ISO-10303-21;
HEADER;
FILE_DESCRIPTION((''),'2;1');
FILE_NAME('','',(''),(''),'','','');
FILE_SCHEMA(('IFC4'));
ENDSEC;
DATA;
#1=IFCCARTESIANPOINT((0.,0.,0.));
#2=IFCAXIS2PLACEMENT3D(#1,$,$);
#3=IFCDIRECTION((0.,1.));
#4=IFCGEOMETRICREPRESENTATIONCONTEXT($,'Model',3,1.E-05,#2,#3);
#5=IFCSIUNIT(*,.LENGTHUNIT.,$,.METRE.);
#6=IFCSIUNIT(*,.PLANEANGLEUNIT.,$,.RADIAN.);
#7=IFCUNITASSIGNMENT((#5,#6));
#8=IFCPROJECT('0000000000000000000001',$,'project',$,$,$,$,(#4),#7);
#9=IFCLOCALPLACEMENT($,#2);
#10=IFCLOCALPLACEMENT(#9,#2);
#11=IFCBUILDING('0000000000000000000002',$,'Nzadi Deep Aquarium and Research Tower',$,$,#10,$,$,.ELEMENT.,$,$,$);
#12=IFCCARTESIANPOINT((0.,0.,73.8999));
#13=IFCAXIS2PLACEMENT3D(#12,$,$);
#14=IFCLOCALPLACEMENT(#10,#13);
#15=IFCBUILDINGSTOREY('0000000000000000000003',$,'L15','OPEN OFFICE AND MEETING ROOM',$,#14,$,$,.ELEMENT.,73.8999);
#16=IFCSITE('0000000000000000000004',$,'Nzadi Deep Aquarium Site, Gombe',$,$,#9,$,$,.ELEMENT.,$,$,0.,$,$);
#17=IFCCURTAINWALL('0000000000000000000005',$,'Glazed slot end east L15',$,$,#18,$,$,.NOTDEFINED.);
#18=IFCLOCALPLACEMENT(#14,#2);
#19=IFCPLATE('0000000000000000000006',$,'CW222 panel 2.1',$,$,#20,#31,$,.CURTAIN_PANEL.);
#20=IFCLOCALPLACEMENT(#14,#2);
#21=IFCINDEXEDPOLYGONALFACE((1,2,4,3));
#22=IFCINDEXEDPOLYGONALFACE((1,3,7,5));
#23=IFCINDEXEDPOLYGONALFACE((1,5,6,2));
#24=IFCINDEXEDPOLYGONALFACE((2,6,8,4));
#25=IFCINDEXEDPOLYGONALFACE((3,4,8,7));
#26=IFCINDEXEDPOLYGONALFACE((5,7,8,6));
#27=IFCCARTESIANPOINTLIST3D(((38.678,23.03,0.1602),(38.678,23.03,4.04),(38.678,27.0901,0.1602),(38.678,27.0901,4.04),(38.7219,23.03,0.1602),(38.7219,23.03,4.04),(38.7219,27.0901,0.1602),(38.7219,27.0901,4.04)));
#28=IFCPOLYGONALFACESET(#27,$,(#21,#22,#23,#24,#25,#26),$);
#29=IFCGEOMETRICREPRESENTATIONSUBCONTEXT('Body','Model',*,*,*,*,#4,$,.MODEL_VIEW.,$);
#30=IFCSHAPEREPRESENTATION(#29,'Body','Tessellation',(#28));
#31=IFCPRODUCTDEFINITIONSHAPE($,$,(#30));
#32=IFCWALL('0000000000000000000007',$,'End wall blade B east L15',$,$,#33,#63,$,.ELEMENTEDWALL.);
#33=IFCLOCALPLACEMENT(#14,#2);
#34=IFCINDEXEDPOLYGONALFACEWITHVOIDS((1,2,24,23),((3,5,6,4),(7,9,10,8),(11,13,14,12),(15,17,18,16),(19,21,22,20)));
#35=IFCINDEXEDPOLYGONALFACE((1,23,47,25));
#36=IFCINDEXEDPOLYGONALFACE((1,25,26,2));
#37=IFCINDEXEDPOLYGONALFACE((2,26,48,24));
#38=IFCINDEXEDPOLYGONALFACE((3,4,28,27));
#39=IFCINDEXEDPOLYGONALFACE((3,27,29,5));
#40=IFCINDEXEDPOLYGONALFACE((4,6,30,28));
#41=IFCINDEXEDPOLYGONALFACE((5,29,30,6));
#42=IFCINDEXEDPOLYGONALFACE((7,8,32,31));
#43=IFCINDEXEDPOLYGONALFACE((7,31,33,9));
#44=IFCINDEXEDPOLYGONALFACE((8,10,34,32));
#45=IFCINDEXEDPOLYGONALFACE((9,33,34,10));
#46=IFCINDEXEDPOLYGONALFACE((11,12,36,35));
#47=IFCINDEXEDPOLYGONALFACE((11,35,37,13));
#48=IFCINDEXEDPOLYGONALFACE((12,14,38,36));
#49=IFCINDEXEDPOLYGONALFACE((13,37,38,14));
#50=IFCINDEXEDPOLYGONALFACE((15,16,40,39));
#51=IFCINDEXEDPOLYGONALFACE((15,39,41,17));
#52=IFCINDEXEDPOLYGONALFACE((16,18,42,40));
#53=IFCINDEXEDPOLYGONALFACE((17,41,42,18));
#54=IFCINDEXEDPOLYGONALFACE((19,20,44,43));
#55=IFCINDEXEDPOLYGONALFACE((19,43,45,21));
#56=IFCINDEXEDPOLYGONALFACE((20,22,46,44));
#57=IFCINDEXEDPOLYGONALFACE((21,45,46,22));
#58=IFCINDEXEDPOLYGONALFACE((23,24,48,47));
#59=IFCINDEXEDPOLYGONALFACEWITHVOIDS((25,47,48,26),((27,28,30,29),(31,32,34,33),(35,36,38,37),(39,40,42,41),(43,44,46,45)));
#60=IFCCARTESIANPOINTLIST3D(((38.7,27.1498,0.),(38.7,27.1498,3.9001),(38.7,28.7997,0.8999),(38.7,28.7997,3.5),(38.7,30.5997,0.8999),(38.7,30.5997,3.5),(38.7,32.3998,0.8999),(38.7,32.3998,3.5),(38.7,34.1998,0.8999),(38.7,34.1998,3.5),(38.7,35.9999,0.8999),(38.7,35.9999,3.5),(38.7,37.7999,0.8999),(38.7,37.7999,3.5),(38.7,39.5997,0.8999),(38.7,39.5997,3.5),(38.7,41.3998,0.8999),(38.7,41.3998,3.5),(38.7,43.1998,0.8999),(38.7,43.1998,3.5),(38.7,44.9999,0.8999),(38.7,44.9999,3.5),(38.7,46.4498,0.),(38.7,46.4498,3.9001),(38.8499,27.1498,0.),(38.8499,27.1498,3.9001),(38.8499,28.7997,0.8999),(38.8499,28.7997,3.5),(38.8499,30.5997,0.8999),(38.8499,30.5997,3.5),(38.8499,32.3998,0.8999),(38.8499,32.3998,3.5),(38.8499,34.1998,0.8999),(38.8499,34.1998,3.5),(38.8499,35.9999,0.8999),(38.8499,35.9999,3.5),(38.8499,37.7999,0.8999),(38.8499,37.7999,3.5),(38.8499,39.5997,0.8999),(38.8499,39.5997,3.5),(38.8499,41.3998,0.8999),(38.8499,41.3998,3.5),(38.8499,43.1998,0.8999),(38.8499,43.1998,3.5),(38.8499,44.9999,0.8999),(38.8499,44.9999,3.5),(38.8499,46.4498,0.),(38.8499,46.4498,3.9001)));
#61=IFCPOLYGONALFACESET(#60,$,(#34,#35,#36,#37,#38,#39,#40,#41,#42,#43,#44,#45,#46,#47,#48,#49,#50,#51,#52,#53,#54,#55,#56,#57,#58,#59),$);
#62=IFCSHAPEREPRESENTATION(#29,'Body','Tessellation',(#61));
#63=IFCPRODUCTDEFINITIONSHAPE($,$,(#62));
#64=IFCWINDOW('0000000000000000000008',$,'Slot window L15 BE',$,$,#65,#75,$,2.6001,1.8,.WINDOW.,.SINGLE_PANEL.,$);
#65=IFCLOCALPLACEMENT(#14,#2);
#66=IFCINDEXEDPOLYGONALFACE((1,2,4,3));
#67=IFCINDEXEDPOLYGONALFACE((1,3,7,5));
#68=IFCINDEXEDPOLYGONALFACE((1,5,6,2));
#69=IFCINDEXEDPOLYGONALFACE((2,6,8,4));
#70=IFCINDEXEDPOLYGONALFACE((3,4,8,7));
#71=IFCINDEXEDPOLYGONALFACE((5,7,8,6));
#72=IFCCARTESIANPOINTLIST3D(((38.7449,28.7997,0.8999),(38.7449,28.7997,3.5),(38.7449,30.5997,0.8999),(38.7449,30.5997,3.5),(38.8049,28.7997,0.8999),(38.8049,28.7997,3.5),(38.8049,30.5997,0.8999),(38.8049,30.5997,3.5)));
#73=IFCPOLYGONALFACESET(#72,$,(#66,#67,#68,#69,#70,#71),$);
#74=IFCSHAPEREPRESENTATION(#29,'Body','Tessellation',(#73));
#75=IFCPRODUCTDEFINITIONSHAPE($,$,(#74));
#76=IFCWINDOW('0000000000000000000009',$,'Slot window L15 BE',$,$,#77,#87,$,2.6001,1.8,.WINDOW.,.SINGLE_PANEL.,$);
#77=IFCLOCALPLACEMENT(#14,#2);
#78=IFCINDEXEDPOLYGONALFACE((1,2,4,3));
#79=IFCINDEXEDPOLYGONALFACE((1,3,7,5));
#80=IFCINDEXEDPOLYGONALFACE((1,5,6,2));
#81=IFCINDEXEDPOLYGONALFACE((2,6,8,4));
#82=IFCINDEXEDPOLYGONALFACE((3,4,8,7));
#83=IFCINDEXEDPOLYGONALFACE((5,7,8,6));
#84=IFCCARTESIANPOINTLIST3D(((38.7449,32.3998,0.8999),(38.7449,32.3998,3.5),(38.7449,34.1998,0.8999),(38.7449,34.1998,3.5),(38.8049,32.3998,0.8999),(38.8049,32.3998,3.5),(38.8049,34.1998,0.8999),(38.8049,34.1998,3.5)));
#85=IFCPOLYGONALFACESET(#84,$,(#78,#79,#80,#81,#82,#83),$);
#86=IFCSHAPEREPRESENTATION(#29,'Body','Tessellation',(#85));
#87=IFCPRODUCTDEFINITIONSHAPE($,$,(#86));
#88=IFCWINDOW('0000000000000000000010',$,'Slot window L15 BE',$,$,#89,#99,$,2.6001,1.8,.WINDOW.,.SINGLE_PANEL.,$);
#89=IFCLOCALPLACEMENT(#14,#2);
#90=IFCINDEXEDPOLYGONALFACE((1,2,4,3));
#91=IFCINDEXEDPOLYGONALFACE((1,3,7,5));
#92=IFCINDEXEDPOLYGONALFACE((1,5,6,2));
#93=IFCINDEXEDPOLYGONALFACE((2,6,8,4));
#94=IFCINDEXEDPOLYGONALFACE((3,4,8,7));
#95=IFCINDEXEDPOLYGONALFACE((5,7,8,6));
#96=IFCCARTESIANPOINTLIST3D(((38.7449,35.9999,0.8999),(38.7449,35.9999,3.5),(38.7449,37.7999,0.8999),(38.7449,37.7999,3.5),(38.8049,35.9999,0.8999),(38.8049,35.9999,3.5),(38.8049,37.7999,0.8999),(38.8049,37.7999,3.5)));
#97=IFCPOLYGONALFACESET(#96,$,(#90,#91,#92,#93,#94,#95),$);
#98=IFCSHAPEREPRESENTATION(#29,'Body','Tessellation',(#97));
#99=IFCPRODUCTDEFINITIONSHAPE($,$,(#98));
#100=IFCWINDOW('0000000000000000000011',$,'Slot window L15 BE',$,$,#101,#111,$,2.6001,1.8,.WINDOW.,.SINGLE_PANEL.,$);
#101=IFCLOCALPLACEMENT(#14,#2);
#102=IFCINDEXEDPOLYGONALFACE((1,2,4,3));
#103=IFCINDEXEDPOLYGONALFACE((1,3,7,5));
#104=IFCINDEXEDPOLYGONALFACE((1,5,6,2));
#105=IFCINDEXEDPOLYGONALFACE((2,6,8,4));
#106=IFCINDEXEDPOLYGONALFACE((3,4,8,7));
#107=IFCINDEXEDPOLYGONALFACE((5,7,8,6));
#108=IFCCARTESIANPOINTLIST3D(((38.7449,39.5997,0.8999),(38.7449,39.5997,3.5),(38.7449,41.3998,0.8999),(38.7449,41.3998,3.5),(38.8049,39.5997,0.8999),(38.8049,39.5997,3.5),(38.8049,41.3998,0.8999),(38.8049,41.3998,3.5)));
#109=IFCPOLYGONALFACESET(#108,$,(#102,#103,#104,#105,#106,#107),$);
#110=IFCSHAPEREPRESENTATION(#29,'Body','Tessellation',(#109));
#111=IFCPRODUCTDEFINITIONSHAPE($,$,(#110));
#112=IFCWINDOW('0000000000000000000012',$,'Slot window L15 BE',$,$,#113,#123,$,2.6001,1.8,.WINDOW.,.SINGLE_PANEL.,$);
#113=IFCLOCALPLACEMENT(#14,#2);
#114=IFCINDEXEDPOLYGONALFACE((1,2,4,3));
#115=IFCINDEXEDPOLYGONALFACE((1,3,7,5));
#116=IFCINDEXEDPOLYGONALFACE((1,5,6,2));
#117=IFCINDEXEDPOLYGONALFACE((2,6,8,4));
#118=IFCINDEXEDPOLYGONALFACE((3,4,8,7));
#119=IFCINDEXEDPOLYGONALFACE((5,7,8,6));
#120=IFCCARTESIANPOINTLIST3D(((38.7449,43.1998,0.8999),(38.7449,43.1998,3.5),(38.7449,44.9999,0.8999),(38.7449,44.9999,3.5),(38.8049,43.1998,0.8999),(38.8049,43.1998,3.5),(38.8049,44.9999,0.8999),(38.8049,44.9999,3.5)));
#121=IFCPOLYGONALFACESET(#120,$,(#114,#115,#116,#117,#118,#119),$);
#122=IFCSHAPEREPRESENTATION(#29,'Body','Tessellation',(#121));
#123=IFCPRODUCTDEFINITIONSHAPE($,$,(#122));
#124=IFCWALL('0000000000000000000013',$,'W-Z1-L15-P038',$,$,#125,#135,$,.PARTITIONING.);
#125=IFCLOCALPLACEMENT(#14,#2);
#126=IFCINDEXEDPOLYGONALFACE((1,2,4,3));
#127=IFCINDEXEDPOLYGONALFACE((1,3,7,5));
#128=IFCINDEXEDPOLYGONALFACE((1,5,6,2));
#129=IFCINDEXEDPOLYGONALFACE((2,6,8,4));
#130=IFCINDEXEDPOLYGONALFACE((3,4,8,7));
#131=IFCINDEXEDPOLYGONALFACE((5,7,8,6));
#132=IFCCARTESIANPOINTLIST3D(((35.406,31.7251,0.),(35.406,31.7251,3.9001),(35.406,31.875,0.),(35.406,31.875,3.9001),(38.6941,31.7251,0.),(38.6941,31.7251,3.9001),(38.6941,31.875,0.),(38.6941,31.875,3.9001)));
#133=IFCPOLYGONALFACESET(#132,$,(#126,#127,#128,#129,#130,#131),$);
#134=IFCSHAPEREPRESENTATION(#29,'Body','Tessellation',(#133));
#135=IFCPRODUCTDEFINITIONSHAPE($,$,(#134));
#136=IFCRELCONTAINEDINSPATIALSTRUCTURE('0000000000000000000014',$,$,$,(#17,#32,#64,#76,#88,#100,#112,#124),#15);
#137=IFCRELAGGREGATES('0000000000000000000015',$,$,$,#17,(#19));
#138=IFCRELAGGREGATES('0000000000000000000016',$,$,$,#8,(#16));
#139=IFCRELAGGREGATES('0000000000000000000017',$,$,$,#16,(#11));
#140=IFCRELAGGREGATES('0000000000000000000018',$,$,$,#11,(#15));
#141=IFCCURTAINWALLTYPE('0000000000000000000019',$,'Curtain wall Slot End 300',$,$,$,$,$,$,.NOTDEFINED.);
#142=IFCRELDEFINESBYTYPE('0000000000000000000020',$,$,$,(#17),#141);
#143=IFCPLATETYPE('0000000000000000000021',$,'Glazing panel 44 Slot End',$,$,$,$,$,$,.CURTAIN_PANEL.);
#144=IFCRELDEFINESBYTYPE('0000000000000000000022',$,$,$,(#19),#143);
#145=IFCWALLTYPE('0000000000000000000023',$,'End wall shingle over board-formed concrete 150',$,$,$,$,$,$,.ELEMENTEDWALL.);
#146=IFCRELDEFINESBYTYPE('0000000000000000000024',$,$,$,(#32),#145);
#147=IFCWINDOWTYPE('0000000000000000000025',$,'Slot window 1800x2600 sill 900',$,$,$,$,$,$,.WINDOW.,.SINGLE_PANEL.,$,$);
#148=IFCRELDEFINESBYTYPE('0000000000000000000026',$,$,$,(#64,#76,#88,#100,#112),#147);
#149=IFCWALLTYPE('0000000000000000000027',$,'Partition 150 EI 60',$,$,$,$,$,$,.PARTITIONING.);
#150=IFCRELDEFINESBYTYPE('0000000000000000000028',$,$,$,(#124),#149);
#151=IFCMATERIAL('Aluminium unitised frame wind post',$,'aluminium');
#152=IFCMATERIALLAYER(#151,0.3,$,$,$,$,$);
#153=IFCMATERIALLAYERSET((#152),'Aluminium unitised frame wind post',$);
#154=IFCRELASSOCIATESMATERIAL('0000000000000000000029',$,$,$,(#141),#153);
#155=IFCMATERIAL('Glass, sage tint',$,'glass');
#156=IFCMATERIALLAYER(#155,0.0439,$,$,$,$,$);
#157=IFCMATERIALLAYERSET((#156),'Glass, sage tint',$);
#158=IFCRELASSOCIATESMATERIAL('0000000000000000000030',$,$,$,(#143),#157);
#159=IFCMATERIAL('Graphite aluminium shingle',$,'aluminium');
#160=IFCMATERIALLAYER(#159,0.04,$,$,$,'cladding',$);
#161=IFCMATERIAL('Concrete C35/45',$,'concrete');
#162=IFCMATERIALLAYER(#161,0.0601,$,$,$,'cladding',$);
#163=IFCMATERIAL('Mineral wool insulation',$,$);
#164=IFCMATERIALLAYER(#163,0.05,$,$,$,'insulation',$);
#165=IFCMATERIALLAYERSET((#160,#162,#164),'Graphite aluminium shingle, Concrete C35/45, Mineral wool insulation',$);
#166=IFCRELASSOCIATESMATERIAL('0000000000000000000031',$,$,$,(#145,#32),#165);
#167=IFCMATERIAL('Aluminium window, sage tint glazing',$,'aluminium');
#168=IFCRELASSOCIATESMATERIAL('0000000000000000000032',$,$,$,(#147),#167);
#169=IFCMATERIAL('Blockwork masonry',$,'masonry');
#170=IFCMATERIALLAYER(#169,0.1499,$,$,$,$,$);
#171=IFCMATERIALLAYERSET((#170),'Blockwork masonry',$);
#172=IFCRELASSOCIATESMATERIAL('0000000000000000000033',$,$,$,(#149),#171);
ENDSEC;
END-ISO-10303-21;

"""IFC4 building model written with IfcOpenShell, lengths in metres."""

from ifc_helpers import new_model, si_unit, direction, frame, frame_2d, origin, origin_2d, place, context, subcontext, project, spatial, rectangle, extrude, material, layer, layer_set, layer_usage, type_object, element, fill, aggregate, save


model = new_model("IFC4")

# Units and contexts
model_context = context("Model", 3, precision=1e-05, world=origin(), true_north=direction((0.0, 1.0)))
body_context = subcontext(model_context, "Body", "Model", "MODEL_VIEW")
ifc_project = project(units=[si_unit("LENGTHUNIT", "METRE"), si_unit("PLANEANGLEUNIT", "RADIAN")], contexts=[model_context])

# Site, building, storey
site_placement = place(None, origin())
site = spatial("IfcSite", under=ifc_project, at=site_placement, Name="Nzadi Deep Aquarium Site, Gombe", CompositionType="ELEMENT", RefElevation=0.0)
building_placement = place(site_placement, origin())
building = spatial("IfcBuilding", under=site, at=building_placement, Name="Nzadi Deep Aquarium and Research Tower", CompositionType="ELEMENT")
storey_placement = place(building_placement, frame((0.0, 0.0, 73.8999)))
storey = spatial("IfcBuildingStorey", under=building, at=storey_placement, Name="L15", Description="OPEN OFFICE AND MEETING ROOM", CompositionType="ELEMENT", Elevation=73.8999)

# Curtain wall
ifc_material_1 = material(Name="Aluminium unitised frame wind post", Category="aluminium")
ifc_layer_1 = layer(ifc_material_1, 0.3)
ifc_layer_set_1 = layer_set([ifc_layer_1], Name="Aluminium unitised frame wind post")
curtain_wall_type_1 = type_object("IfcCurtainWallType", Name="Curtain wall Slot End 300", PredefinedType="NOTDEFINED", material=ifc_layer_set_1)
curtain_wall_1_placement = place(storey_placement, origin())
curtain_wall_1 = element("IfcCurtainWall", 1, at=curtain_wall_1_placement, inside=storey, type_object=curtain_wall_type_1, Name="Glazed slot end east L15", PredefinedType="NOTDEFINED")

# Plate
ifc_material_2 = material(Name="Glass, sage tint", Category="glass")
ifc_layer_2 = layer(ifc_material_2, 0.0439)
ifc_layer_set_2 = layer_set([ifc_layer_2], Name="Glass, sage tint")
plate_type_1 = type_object("IfcPlateType", Name="Glazing panel 44 Slot End", PredefinedType="CURTAIN_PANEL", material=ifc_layer_set_2)
plate_1_placement = place(storey_placement, frame((38.7, 25.0601, 0.1602), z_axis=(0.0, 0.0, 1.0), x_axis=(0.0, 1.0, 0.0)))
plate_1 = element("IfcPlate", 2, at=plate_1_placement, type_object=plate_type_1, Name="CW222 panel 2.1", PredefinedType="CURTAIN_PANEL", context=body_context, shape_type="SweptSolid", body=[
    extrude(rectangle(XDim=4.0601, YDim=0.0439, at=origin_2d()), origin(), (0.0, 0.0, 1.0), 3.8799),
])
aggregate(curtain_wall_1, [plate_1])

# Wall, openings, windows
ifc_material_3 = material(Name="Graphite aluminium shingle", Category="aluminium")
ifc_layer_3 = layer(ifc_material_3, 0.04, Category="cladding")
ifc_material_4 = material(Name="Concrete C35/45", Category="concrete")
ifc_layer_4 = layer(ifc_material_4, 0.0601, Category="cladding")
ifc_material_5 = material(Name="Mineral wool insulation")
ifc_layer_5 = layer(ifc_material_5, 0.05, Category="insulation")
ifc_layer_set_3 = layer_set([ifc_layer_3, ifc_layer_4, ifc_layer_5], Name="Graphite aluminium shingle, Concrete C35/45, Mineral wool insulation")
ifc_layer_usage = layer_usage(ifc_layer_set_3, "AXIS2", "POSITIVE", -0.075)
wall_type_1 = type_object("IfcWallType", Name="End wall shingle over board-formed concrete 150", PredefinedType="ELEMENTEDWALL", material=ifc_layer_set_3)
wall_1_placement = place(storey_placement, frame((38.7749, 27.1499, 0.0), z_axis=(0.0, 0.0, 1.0), x_axis=(0.0, 1.0, 0.0)))
wall_1 = element("IfcWall", 3, at=wall_1_placement, inside=storey, type_object=wall_type_1, material=ifc_layer_usage, Name="End wall blade B east L15", PredefinedType="ELEMENTEDWALL", context=body_context, shape_type="SweptSolid", body=[
    extrude(rectangle(XDim=19.3, YDim=0.1499, at=frame_2d((9.6499, 0.0))), origin(), (0.0, 0.0, 1.0), 3.9001),
])
opening_1_placement = place(wall_1_placement, frame((1.6499, 0.0, 0.8999)))
opening_1 = element("IfcOpeningElement", 4, at=opening_1_placement, cuts=wall_1, PredefinedType="OPENING", context=body_context, shape_type="SweptSolid", body=[
    extrude(rectangle(XDim=1.8, YDim=2.6001, at=frame_2d((0.8999, 1.3))), frame((0.0, 0.085, 0.0), z_axis=(0.0, -1.0, 0.0), x_axis=(1.0, 0.0, 0.0)), (0.0, 0.0, 1.0), 0.1699),
])
opening_2_placement = place(wall_1_placement, frame((5.25, 0.0, 0.8999)))
opening_2 = element("IfcOpeningElement", 5, at=opening_2_placement, cuts=wall_1, PredefinedType="OPENING", context=body_context, shape_type="SweptSolid", body=[
    extrude(rectangle(XDim=1.8, YDim=2.6001, at=frame_2d((0.8999, 1.3))), frame((0.0, 0.085, 0.0), z_axis=(0.0, -1.0, 0.0), x_axis=(1.0, 0.0, 0.0)), (0.0, 0.0, 1.0), 0.1699),
])
opening_3_placement = place(wall_1_placement, frame((8.8501, 0.0, 0.8999)))
opening_3 = element("IfcOpeningElement", 6, at=opening_3_placement, cuts=wall_1, PredefinedType="OPENING", context=body_context, shape_type="SweptSolid", body=[
    extrude(rectangle(XDim=1.8, YDim=2.6001, at=frame_2d((0.8999, 1.3))), frame((0.0, 0.085, 0.0), z_axis=(0.0, -1.0, 0.0), x_axis=(1.0, 0.0, 0.0)), (0.0, 0.0, 1.0), 0.1699),
])
opening_4_placement = place(wall_1_placement, frame((12.45, 0.0, 0.8999)))
opening_4 = element("IfcOpeningElement", 7, at=opening_4_placement, cuts=wall_1, PredefinedType="OPENING", context=body_context, shape_type="SweptSolid", body=[
    extrude(rectangle(XDim=1.8, YDim=2.6001, at=frame_2d((0.8999, 1.3))), frame((0.0, 0.085, 0.0), z_axis=(0.0, -1.0, 0.0), x_axis=(1.0, 0.0, 0.0)), (0.0, 0.0, 1.0), 0.1699),
])
opening_5_placement = place(wall_1_placement, frame((16.05, 0.0, 0.8999)))
opening_5 = element("IfcOpeningElement", 8, at=opening_5_placement, cuts=wall_1, PredefinedType="OPENING", context=body_context, shape_type="SweptSolid", body=[
    extrude(rectangle(XDim=1.8, YDim=2.6001, at=frame_2d((0.8999, 1.3))), frame((0.0, 0.085, 0.0), z_axis=(0.0, -1.0, 0.0), x_axis=(1.0, 0.0, 0.0)), (0.0, 0.0, 1.0), 0.1699),
])
ifc_material_6 = material(Name="Aluminium window, sage tint glazing", Category="aluminium")
window_type = type_object("IfcWindowType", Name="Slot window 1800x2600 sill 900", PartitioningType="SINGLE_PANEL", PredefinedType="WINDOW", material=ifc_material_6)
window_1_placement = place(opening_1_placement, origin())
window_1 = element("IfcWindow", 9, at=window_1_placement, inside=storey, type_object=window_type, Name="Slot window L15 BE", OverallHeight=2.6001, OverallWidth=1.8, PartitioningType="SINGLE_PANEL", PredefinedType="WINDOW", context=body_context, shape_type="SweptSolid", body=[
    extrude(rectangle(XDim=1.8, YDim=2.6001, at=frame_2d((0.8999, 1.3))), frame((0.0, 0.03, 0.0), z_axis=(0.0, -1.0, 0.0), x_axis=(1.0, 0.0, 0.0)), (0.0, 0.0, 1.0), 0.0601),
])
fill(opening_1, window_1)
window_2_placement = place(opening_2_placement, origin())
window_2 = element("IfcWindow", 10, at=window_2_placement, inside=storey, type_object=window_type, Name="Slot window L15 BE", OverallHeight=2.6001, OverallWidth=1.8, PartitioningType="SINGLE_PANEL", PredefinedType="WINDOW", context=body_context, shape_type="SweptSolid", body=[
    extrude(rectangle(XDim=1.8, YDim=2.6001, at=frame_2d((0.8999, 1.3))), frame((0.0, 0.03, 0.0), z_axis=(0.0, -1.0, 0.0), x_axis=(1.0, 0.0, 0.0)), (0.0, 0.0, 1.0), 0.0601),
])
fill(opening_2, window_2)
window_3_placement = place(opening_3_placement, origin())
window_3 = element("IfcWindow", 11, at=window_3_placement, inside=storey, type_object=window_type, Name="Slot window L15 BE", OverallHeight=2.6001, OverallWidth=1.8, PartitioningType="SINGLE_PANEL", PredefinedType="WINDOW", context=body_context, shape_type="SweptSolid", body=[
    extrude(rectangle(XDim=1.8, YDim=2.6001, at=frame_2d((0.8999, 1.3))), frame((0.0, 0.03, 0.0), z_axis=(0.0, -1.0, 0.0), x_axis=(1.0, 0.0, 0.0)), (0.0, 0.0, 1.0), 0.0601),
])
fill(opening_3, window_3)
window_4_placement = place(opening_4_placement, origin())
window_4 = element("IfcWindow", 12, at=window_4_placement, inside=storey, type_object=window_type, Name="Slot window L15 BE", OverallHeight=2.6001, OverallWidth=1.8, PartitioningType="SINGLE_PANEL", PredefinedType="WINDOW", context=body_context, shape_type="SweptSolid", body=[
    extrude(rectangle(XDim=1.8, YDim=2.6001, at=frame_2d((0.8999, 1.3))), frame((0.0, 0.03, 0.0), z_axis=(0.0, -1.0, 0.0), x_axis=(1.0, 0.0, 0.0)), (0.0, 0.0, 1.0), 0.0601),
])
fill(opening_4, window_4)
window_5_placement = place(opening_5_placement, origin())
window_5 = element("IfcWindow", 13, at=window_5_placement, inside=storey, type_object=window_type, Name="Slot window L15 BE", OverallHeight=2.6001, OverallWidth=1.8, PartitioningType="SINGLE_PANEL", PredefinedType="WINDOW", context=body_context, shape_type="SweptSolid", body=[
    extrude(rectangle(XDim=1.8, YDim=2.6001, at=frame_2d((0.8999, 1.3))), frame((0.0, 0.03, 0.0), z_axis=(0.0, -1.0, 0.0), x_axis=(1.0, 0.0, 0.0)), (0.0, 0.0, 1.0), 0.0601),
])
fill(opening_5, window_5)

# Wall
ifc_material_7 = material(Name="Blockwork masonry", Category="masonry")
ifc_layer_6 = layer(ifc_material_7, 0.1499)
ifc_layer_set_4 = layer_set([ifc_layer_6], Name="Blockwork masonry")
wall_type_2 = type_object("IfcWallType", Name="Partition 150 EI 60", PredefinedType="PARTITIONING", material=ifc_layer_set_4)
wall_2_placement = place(storey_placement, frame((35.406, 31.8, 0.0), z_axis=(0.0, 0.0, 1.0), x_axis=(1.0, 0.0, 0.0)))
element("IfcWall", 14, at=wall_2_placement, inside=storey, type_object=wall_type_2, Name="W-Z1-L15-P038", PredefinedType="PARTITIONING", context=body_context, shape_type="SweptSolid", body=[
    extrude(rectangle(XDim=3.2881, YDim=0.1499, at=frame_2d((1.644, 0.0))), origin(), (0.0, 0.0, 1.0), 3.9001),
])

save(model, "model.ifc")
